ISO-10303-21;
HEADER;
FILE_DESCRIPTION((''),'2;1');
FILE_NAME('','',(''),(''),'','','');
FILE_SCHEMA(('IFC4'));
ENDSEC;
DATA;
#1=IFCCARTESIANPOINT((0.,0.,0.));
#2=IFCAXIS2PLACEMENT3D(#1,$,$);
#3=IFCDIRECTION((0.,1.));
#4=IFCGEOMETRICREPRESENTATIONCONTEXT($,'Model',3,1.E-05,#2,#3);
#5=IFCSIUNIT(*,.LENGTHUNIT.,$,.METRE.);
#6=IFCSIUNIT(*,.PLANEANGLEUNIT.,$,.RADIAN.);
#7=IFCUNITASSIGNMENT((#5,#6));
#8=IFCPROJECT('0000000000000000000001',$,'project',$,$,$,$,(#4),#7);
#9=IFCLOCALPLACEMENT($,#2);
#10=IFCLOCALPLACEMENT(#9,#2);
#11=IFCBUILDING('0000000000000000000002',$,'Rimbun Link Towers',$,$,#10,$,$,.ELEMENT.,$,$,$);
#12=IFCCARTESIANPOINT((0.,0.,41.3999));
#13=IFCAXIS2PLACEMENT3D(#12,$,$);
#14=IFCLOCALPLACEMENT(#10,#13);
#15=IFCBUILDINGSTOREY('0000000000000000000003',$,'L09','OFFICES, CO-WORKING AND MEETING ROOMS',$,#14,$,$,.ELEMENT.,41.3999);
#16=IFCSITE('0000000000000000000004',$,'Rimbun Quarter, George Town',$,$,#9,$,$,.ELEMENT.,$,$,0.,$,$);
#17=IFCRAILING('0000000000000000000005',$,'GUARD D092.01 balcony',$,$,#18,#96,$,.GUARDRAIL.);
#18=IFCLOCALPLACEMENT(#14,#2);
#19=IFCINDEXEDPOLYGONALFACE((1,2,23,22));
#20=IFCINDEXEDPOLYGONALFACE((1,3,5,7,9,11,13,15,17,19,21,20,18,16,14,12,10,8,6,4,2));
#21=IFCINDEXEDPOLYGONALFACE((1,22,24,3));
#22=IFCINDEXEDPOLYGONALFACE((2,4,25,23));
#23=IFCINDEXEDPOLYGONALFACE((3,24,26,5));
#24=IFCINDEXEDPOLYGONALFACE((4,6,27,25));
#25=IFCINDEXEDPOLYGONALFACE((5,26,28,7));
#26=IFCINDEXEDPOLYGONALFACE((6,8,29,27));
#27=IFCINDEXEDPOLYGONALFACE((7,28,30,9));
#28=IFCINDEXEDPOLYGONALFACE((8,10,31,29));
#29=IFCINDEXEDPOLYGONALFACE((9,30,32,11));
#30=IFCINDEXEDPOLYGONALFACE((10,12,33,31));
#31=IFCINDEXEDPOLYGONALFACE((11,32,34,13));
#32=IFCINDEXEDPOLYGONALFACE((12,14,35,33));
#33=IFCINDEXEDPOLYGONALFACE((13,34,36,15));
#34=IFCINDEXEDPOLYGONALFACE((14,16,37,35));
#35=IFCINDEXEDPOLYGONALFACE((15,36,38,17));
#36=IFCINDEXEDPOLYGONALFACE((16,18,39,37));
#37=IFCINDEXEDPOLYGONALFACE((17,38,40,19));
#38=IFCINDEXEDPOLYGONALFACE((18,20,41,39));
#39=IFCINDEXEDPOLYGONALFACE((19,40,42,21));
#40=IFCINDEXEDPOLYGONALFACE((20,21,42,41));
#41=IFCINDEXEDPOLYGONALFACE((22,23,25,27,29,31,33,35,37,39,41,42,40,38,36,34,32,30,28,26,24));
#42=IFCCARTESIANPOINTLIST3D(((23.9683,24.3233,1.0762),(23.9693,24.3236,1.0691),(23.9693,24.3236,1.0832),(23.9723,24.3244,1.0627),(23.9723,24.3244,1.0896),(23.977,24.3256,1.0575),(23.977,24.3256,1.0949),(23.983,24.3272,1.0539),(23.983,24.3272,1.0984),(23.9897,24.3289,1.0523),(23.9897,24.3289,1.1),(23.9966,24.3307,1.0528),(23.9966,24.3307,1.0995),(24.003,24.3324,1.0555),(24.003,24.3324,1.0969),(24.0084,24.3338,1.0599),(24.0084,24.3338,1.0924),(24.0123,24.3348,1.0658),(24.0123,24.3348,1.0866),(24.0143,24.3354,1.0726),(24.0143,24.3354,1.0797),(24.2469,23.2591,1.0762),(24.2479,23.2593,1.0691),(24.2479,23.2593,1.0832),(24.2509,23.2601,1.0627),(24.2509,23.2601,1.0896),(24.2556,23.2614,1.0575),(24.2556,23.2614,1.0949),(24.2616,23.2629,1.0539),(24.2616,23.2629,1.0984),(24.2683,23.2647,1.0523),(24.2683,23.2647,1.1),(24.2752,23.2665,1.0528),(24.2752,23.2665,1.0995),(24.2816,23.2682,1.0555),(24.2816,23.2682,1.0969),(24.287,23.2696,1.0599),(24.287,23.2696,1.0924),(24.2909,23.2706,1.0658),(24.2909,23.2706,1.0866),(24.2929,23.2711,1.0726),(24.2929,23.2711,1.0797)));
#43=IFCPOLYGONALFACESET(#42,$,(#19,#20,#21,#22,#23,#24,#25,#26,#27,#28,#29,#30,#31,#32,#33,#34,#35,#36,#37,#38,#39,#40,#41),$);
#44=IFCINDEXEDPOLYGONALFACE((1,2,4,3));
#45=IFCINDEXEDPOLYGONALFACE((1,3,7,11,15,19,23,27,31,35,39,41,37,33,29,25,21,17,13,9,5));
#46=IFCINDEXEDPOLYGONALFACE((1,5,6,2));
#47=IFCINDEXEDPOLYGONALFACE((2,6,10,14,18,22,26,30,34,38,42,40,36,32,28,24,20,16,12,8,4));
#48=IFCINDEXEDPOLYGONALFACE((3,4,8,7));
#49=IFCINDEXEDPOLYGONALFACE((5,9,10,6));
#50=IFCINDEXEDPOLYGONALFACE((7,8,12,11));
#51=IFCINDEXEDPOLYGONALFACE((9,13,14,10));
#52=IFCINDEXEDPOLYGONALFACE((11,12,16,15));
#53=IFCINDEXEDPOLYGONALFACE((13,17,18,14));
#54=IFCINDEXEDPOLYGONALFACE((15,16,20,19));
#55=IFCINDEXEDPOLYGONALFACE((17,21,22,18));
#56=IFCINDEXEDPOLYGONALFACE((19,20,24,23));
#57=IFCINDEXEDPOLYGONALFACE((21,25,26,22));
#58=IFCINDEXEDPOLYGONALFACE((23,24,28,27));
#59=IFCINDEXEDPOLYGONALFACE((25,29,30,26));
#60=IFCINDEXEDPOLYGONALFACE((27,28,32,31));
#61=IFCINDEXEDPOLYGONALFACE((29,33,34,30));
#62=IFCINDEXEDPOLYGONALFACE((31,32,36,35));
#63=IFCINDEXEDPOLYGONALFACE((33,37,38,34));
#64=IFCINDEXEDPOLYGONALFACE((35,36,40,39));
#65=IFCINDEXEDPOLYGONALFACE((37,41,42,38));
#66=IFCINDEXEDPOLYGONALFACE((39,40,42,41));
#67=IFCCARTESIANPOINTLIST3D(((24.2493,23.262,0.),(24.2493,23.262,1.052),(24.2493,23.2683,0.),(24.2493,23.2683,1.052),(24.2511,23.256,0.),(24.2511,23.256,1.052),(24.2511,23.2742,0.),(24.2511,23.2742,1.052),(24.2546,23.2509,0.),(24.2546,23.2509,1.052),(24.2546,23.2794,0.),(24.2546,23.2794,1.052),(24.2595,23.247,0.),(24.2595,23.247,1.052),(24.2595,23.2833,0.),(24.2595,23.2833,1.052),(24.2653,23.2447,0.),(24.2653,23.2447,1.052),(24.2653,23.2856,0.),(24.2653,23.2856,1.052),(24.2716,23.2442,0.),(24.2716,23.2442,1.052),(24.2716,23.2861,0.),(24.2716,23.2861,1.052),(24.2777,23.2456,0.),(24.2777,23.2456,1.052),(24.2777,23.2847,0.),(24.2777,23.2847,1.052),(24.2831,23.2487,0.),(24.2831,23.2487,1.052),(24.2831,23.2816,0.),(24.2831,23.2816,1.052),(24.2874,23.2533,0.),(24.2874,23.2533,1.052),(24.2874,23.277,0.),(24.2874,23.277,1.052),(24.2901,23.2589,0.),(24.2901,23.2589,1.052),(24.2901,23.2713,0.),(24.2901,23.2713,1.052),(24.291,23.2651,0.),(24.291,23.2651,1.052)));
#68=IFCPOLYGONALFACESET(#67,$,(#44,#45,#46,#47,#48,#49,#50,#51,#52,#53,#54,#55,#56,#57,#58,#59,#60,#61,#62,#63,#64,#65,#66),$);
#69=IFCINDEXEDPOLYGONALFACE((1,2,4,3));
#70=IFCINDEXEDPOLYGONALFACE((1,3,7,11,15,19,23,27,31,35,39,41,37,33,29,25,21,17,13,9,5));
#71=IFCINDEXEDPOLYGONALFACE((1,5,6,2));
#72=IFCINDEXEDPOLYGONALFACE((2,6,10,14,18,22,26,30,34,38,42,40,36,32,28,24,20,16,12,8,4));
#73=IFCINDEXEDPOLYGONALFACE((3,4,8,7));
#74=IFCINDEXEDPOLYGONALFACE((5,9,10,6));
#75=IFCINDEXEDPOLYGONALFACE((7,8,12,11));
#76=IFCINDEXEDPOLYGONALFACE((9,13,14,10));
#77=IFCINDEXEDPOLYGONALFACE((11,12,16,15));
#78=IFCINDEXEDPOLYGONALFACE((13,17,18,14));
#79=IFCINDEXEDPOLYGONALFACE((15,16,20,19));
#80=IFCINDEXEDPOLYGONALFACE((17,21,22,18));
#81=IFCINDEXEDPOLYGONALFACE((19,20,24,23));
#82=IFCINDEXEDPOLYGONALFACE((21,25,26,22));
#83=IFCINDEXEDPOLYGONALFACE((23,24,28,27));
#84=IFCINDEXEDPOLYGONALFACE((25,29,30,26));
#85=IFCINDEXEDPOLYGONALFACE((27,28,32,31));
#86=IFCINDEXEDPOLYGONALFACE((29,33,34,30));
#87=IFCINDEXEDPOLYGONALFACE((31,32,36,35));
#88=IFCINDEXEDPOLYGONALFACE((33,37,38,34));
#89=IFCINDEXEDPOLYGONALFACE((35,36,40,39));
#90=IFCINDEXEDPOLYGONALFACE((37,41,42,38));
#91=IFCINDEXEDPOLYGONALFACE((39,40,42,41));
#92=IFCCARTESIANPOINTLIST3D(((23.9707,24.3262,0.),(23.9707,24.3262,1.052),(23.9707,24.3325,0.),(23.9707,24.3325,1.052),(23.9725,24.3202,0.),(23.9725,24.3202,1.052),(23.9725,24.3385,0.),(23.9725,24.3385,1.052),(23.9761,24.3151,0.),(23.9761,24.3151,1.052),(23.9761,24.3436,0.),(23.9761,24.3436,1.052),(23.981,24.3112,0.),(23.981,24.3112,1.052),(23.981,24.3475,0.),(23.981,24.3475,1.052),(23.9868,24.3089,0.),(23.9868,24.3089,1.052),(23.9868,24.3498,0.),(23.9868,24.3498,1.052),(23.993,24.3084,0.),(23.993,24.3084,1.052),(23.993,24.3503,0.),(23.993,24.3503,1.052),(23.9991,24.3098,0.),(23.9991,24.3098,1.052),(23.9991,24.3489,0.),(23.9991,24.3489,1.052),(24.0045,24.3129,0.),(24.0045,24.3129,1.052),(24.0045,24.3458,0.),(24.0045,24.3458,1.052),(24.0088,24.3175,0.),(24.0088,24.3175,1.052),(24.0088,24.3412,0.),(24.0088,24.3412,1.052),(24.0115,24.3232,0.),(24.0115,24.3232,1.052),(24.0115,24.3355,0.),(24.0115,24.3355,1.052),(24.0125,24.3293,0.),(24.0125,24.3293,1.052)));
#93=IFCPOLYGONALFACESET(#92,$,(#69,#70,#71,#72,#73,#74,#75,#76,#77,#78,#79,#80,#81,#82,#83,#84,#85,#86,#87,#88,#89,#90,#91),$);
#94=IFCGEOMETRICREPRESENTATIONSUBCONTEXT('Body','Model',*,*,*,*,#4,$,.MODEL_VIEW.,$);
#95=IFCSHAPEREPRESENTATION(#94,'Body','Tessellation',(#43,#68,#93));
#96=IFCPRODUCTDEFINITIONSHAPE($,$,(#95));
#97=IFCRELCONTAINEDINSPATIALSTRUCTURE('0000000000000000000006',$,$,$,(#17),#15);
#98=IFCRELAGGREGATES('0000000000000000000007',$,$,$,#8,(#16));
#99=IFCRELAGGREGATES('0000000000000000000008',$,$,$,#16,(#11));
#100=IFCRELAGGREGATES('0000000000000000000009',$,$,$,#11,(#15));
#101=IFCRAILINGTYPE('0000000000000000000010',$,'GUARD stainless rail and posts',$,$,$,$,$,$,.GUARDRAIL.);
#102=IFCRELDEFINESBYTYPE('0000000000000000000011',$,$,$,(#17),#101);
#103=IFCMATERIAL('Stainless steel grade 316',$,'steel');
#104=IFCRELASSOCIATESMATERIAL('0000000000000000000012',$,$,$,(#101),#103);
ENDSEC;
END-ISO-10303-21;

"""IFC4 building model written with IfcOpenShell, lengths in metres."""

from ifc_helpers import new_model, si_unit, direction, frame, origin, origin_2d, place, context, subcontext, project, spatial, circle, extrude, material, type_object, element, save


model = new_model("IFC4")

# Units and contexts
model_context = context("Model", 3, precision=1e-05, world=origin(), true_north=direction((0.0, 1.0)))
body_context = subcontext(model_context, "Body", "Model", "MODEL_VIEW")
ifc_project = project(units=[si_unit("LENGTHUNIT", "METRE"), si_unit("PLANEANGLEUNIT", "RADIAN")], contexts=[model_context])

# Site, building, storey
site_placement = place(None, origin())
site = spatial("IfcSite", under=ifc_project, at=site_placement, Name="Rimbun Quarter, George Town", CompositionType="ELEMENT", RefElevation=0.0)
building_placement = place(site_placement, origin())
building = spatial("IfcBuilding", under=site, at=building_placement, Name="Rimbun Link Towers", CompositionType="ELEMENT")
storey_placement = place(building_placement, frame((0.0, 0.0, 41.3999)))
storey = spatial("IfcBuildingStorey", under=building, at=storey_placement, Name="L09", Description="OFFICES, CO-WORKING AND MEETING ROOMS", CompositionType="ELEMENT", Elevation=41.3999)

# Railing
ifc_material_1 = material(Name="Stainless steel grade 316", Category="steel")
railing_type = type_object("IfcRailingType", Name="GUARD stainless rail and posts", PredefinedType="GUARDRAIL", material=ifc_material_1)
railing_1_placement = place(storey_placement, frame((24.27, 23.2651, 0.0)))
element("IfcRailing", 1, at=railing_1_placement, inside=storey, type_object=railing_type, Name="GUARD D092.01 balcony", PredefinedType="GUARDRAIL", context=body_context, shape_type="SweptSolid", body=[
    extrude(circle(Radius=0.0239, at=origin_2d()), frame((0.0, 0.0, 1.0762), z_axis=(-0.253226, 0.967407, 0.0), x_axis=(-0.967407, -0.253226, 0.0)), (0.0, 0.0, 1.0), 1.1001),
    extrude(circle(Radius=0.021, at=origin_2d()), origin(), (0.0, 0.0, 1.0), 1.052),
    extrude(circle(Radius=0.021, at=origin_2d()), frame((-0.2786, 1.0642, 0.0)), (0.0, 0.0, 1.0), 1.052),
])

save(model, "model.ifc")
